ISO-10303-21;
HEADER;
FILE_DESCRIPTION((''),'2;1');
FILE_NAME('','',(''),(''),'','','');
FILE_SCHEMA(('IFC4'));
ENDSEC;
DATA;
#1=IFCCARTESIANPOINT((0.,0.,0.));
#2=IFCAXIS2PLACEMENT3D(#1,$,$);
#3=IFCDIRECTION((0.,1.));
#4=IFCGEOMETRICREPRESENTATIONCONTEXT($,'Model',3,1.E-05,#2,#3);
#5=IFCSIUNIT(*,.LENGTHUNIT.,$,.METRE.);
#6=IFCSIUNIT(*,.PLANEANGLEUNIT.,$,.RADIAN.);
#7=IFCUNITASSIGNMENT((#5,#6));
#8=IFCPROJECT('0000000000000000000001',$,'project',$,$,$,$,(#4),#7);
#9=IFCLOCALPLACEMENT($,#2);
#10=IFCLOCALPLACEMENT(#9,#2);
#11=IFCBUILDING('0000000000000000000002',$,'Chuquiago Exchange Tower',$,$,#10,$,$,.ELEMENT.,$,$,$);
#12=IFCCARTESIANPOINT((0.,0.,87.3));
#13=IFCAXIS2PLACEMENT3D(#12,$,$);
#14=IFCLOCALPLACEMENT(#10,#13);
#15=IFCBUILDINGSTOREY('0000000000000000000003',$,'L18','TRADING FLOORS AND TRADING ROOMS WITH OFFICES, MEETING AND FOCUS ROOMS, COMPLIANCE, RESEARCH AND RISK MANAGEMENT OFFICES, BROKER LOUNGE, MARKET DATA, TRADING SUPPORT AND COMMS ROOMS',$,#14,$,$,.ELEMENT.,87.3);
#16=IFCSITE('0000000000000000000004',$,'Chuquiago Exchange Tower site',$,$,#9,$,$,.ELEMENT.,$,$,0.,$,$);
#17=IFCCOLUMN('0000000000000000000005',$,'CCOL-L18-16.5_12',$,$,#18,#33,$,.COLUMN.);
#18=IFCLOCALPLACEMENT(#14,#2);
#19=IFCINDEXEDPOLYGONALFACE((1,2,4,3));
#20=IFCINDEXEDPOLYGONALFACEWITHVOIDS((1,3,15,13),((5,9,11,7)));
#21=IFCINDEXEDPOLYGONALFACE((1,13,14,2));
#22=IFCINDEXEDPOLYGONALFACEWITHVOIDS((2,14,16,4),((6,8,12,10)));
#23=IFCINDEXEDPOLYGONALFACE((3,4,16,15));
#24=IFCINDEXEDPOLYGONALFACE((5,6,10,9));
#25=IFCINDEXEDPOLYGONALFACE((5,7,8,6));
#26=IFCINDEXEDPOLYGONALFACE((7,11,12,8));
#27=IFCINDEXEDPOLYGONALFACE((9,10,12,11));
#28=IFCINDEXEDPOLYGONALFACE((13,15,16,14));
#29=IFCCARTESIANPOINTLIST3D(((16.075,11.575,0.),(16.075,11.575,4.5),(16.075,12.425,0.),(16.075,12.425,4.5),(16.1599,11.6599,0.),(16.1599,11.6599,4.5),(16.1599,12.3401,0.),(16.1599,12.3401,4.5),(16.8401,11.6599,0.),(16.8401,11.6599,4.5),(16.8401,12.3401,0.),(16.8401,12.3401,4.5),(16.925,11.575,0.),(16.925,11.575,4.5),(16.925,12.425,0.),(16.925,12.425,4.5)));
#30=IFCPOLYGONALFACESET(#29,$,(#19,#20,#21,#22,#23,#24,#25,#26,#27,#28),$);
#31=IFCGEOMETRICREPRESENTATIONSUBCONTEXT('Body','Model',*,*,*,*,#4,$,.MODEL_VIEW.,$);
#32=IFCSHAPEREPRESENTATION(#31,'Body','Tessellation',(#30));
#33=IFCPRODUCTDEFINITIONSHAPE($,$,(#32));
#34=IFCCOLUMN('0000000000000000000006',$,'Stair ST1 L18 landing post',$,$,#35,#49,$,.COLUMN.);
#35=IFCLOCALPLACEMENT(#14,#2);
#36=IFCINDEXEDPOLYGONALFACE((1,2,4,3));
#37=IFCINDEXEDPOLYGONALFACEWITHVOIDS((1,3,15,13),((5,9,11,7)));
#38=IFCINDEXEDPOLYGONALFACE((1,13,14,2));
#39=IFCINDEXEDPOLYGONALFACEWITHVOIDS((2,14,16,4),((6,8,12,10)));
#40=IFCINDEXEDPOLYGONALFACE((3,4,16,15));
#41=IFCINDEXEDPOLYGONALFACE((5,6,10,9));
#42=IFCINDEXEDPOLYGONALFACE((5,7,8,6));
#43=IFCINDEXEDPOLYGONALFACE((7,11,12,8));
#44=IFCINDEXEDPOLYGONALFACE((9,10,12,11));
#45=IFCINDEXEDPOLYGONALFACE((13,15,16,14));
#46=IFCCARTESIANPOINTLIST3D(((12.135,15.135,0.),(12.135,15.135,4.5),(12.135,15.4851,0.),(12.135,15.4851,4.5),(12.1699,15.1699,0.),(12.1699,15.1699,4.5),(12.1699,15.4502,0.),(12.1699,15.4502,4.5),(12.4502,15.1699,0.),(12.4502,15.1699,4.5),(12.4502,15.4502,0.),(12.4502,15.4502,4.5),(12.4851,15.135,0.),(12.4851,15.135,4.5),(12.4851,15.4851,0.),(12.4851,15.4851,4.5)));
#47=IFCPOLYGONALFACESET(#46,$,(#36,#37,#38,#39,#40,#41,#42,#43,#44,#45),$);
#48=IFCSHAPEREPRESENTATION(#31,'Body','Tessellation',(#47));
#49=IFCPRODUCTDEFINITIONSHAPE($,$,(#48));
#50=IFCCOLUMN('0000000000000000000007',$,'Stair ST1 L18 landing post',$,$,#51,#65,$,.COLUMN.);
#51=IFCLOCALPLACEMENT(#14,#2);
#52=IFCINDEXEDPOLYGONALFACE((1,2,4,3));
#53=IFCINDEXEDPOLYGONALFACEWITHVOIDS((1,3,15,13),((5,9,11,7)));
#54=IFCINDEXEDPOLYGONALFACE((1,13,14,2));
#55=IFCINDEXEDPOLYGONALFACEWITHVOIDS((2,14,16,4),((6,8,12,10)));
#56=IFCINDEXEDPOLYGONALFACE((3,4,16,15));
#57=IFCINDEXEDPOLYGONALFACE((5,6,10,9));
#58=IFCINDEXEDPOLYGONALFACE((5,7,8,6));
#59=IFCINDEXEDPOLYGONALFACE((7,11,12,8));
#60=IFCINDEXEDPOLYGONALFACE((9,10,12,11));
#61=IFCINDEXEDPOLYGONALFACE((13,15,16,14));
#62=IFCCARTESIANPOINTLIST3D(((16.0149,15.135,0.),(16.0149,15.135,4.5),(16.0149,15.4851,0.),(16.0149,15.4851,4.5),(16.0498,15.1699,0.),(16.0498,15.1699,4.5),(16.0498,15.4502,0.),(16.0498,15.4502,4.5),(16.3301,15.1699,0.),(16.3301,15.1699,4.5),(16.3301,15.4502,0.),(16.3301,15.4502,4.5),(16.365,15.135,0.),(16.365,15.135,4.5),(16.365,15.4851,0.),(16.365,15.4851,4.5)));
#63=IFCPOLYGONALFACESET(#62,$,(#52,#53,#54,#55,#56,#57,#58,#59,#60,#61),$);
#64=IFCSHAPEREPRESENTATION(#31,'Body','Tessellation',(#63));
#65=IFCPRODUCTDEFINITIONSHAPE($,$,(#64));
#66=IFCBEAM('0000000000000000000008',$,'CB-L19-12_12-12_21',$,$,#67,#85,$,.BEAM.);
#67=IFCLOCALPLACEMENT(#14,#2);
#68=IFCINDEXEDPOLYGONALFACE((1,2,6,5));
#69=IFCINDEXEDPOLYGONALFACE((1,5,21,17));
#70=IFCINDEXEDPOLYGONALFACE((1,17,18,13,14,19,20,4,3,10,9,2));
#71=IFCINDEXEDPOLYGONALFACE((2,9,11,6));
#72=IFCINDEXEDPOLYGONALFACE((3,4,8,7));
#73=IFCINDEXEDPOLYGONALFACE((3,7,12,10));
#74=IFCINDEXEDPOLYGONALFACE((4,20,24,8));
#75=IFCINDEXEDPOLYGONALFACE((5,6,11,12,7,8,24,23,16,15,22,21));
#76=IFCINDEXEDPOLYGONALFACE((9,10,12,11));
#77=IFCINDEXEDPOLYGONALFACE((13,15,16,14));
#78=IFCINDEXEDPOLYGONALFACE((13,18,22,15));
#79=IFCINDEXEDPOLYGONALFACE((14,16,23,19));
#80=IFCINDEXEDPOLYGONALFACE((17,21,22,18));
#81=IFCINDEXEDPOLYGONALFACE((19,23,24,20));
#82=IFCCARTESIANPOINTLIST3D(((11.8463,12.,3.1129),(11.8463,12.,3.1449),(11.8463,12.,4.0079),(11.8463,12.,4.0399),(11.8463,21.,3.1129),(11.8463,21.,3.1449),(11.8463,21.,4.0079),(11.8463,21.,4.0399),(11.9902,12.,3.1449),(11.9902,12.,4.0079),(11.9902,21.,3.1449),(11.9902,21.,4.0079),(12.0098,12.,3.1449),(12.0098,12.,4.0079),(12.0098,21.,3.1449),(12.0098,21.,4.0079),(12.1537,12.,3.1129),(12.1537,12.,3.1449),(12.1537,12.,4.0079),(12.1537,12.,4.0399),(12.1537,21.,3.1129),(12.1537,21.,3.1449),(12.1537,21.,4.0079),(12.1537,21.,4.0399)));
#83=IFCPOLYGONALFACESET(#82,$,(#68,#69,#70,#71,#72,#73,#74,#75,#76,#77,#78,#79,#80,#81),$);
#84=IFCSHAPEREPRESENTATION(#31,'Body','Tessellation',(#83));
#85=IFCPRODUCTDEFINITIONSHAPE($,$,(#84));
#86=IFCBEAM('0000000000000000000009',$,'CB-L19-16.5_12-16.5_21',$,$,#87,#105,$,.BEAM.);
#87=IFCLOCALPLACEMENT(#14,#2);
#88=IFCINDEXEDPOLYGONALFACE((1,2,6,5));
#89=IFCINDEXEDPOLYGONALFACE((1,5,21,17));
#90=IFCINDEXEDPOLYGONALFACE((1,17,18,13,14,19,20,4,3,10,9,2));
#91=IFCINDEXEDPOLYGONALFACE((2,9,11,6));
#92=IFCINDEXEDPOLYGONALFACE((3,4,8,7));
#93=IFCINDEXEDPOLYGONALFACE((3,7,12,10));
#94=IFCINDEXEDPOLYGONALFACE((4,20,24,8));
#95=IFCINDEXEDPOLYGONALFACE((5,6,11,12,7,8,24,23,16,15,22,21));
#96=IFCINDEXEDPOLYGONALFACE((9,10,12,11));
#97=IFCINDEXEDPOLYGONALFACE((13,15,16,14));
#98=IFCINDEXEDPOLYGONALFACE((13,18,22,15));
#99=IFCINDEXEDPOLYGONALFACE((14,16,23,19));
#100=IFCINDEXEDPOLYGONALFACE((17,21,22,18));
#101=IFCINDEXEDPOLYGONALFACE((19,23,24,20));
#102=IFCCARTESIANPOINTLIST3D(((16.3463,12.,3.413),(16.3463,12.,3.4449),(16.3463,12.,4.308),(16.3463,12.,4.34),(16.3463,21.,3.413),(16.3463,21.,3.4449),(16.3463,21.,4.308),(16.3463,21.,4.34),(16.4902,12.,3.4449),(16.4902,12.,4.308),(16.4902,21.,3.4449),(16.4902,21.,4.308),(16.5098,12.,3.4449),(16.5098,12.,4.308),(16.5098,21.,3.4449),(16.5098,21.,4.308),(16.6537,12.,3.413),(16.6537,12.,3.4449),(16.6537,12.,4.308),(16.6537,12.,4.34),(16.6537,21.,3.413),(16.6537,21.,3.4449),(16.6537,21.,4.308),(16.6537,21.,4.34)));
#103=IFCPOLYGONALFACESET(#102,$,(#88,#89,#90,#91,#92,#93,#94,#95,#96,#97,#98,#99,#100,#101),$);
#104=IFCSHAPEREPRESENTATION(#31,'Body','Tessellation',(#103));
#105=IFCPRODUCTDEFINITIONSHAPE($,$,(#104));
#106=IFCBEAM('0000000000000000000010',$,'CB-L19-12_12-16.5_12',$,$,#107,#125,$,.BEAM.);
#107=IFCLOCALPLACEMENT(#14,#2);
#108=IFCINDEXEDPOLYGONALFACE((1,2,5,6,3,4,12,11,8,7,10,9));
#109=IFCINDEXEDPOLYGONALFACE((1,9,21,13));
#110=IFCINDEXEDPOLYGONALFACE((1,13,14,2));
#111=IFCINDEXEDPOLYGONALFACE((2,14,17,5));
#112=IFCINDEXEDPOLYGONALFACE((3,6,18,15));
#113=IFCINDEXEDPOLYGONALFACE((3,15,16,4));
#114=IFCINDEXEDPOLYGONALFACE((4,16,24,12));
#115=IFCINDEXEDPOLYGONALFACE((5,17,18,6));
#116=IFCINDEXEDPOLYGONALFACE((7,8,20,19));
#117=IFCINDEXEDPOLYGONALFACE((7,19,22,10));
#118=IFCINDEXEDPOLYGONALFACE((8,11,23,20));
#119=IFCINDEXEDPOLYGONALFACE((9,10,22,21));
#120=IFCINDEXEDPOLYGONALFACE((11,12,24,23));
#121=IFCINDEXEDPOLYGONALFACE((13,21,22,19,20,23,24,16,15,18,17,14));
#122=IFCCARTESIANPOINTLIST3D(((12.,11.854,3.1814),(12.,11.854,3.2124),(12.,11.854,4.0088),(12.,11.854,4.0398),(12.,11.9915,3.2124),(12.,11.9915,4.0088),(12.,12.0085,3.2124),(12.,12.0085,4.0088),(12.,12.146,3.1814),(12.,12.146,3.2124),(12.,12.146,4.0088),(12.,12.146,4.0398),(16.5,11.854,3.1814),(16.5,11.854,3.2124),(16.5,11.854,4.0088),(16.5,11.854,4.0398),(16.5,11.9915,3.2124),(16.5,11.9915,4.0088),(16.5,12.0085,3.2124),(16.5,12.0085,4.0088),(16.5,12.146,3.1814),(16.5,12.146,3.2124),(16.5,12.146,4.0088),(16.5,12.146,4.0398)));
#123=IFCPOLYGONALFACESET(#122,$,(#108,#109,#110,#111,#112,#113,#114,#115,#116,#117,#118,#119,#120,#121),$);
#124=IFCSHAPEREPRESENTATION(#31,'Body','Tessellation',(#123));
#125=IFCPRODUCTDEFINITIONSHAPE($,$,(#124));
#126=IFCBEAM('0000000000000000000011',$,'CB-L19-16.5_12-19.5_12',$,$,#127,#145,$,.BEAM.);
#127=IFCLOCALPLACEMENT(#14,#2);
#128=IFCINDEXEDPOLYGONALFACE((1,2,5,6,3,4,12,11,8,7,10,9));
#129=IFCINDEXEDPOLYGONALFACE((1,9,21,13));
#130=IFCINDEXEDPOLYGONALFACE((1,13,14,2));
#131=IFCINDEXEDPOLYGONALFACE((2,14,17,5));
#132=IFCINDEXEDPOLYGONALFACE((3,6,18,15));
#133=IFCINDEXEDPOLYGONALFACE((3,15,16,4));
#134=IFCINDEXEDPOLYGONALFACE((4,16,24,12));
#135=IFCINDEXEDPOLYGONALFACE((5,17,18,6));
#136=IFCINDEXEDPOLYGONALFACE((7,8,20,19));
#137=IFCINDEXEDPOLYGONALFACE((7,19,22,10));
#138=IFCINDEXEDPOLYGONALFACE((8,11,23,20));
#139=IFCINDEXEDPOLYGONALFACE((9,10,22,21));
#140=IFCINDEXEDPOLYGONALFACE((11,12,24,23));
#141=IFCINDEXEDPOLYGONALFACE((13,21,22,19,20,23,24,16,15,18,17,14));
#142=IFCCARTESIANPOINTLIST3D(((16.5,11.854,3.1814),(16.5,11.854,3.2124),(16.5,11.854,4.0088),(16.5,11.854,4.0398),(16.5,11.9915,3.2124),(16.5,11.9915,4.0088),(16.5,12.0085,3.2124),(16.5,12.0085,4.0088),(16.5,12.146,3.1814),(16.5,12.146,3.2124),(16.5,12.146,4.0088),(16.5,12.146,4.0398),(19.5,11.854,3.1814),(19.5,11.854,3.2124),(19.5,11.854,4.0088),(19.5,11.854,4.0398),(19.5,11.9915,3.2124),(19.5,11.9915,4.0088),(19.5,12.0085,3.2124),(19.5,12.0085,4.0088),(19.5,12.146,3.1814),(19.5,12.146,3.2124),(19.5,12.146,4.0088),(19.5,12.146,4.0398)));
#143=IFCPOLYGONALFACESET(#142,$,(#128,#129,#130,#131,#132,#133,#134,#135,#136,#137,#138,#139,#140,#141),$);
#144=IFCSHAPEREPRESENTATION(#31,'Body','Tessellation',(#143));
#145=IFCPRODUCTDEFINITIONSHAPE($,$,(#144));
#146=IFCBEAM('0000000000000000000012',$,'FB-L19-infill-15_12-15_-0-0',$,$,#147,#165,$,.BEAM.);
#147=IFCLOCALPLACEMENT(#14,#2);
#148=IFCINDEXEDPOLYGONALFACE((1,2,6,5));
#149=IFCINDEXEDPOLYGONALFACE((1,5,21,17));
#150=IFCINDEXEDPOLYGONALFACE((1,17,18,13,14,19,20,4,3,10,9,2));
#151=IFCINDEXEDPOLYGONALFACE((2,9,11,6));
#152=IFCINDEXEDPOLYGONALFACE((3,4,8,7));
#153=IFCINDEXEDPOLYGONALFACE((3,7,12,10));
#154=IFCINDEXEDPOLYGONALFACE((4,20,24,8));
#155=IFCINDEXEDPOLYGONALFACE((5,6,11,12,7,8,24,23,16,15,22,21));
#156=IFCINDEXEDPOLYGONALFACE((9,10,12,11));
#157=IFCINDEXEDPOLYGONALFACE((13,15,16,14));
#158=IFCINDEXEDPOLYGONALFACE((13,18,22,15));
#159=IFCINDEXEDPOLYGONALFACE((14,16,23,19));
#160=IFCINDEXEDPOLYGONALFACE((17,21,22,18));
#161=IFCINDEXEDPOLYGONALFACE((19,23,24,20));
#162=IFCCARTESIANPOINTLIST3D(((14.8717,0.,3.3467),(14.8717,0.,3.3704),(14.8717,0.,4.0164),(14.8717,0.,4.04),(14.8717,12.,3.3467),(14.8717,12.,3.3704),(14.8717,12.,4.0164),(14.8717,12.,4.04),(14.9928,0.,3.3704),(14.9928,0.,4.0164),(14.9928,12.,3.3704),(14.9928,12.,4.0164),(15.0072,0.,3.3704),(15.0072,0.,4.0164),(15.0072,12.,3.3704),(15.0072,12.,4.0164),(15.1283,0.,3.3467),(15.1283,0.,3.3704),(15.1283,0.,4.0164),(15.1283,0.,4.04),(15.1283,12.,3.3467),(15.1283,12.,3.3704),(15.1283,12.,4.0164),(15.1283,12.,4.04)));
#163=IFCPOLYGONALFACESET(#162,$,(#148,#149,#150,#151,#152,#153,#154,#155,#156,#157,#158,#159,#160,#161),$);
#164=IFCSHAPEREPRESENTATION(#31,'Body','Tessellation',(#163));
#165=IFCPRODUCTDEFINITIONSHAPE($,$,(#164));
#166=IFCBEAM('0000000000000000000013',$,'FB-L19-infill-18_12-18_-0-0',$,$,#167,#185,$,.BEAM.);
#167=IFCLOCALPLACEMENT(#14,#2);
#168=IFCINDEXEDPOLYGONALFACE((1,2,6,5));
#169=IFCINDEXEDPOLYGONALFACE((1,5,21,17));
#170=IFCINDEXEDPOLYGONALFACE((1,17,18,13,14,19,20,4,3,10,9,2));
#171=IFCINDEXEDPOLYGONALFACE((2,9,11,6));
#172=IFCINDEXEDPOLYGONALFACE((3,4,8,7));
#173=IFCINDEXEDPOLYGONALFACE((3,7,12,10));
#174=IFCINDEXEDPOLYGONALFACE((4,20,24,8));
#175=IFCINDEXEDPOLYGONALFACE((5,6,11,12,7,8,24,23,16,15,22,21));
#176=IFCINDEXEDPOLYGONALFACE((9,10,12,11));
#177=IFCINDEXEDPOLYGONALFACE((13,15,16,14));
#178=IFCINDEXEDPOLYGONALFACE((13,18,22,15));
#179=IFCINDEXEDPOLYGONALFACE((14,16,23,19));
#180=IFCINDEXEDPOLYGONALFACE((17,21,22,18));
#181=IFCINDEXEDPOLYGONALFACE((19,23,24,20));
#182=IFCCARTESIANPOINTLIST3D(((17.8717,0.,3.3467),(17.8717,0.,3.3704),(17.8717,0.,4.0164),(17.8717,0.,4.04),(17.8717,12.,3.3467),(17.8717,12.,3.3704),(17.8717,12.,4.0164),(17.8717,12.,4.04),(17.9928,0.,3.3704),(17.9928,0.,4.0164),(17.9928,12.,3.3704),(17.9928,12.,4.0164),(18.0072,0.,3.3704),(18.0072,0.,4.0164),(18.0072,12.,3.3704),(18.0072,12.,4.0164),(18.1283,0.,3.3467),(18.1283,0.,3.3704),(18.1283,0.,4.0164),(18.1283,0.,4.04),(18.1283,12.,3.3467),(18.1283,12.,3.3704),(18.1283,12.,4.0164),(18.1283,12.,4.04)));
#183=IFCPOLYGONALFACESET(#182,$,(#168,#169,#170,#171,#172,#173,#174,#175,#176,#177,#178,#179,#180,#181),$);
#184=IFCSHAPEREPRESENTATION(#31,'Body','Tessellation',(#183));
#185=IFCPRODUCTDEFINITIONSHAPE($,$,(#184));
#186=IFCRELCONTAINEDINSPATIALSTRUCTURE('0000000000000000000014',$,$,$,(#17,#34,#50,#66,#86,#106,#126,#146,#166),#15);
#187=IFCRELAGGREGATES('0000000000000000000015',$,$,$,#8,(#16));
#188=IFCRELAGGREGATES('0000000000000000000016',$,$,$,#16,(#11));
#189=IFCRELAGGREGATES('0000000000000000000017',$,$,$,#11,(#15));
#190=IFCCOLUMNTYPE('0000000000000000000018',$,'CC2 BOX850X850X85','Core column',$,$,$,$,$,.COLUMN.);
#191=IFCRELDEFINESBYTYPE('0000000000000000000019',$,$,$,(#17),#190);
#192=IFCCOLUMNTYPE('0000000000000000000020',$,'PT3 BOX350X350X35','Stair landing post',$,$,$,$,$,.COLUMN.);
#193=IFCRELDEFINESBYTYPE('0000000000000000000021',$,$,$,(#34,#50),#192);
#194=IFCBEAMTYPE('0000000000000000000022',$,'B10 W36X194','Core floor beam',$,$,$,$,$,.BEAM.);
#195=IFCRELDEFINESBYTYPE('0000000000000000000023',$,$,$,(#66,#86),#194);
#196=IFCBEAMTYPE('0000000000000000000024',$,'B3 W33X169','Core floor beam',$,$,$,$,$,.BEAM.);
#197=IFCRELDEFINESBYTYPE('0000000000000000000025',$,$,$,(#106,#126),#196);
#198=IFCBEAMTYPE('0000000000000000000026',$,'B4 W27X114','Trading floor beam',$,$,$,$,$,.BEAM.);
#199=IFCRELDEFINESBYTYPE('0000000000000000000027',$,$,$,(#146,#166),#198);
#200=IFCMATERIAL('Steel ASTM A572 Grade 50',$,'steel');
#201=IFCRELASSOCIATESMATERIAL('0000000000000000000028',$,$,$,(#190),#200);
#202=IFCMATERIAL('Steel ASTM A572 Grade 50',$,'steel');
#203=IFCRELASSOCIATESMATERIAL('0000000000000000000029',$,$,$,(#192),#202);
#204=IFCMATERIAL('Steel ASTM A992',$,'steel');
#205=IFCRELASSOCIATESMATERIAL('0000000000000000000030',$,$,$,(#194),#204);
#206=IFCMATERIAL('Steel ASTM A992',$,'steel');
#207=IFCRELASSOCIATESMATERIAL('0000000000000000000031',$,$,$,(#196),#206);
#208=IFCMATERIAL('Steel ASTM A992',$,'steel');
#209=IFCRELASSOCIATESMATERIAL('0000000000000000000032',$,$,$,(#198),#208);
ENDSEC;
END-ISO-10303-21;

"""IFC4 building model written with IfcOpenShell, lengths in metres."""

from ifc_helpers import new_model, si_unit, direction, frame, origin, origin_2d, place, context, subcontext, project, spatial, hollow_rectangle, i_section, extrude, material, material_profile, profile_set, type_object, element, save


model = new_model("IFC4")

# Units and contexts
model_context = context("Model", 3, precision=1e-05, world=origin(), true_north=direction((0.0, 1.0)))
body_context = subcontext(model_context, "Body", "Model", "MODEL_VIEW")
ifc_project = project(units=[si_unit("LENGTHUNIT", "METRE"), si_unit("PLANEANGLEUNIT", "RADIAN")], contexts=[model_context])

# Site, building, storey
site_placement = place(None, origin())
site = spatial("IfcSite", under=ifc_project, at=site_placement, Name="Chuquiago Exchange Tower site", CompositionType="ELEMENT", RefElevation=0.0)
building_placement = place(site_placement, origin())
building = spatial("IfcBuilding", under=site, at=building_placement, Name="Chuquiago Exchange Tower", CompositionType="ELEMENT")
storey_placement = place(building_placement, frame((0.0, 0.0, 87.3)))
storey = spatial("IfcBuildingStorey", under=building, at=storey_placement, Name="L18", Description="TRADING FLOORS AND TRADING ROOMS WITH OFFICES, MEETING AND FOCUS ROOMS, COMPLIANCE, RESEARCH AND RISK MANAGEMENT OFFICES, BROKER LOUNGE, MARKET DATA, TRADING SUPPORT AND COMMS ROOMS", CompositionType="ELEMENT", Elevation=87.3)

# Columns
ifc_material_1 = material(Name="Steel ASTM A572 Grade 50", Category="steel")
ifc_material_profile_1 = material_profile(ifc_material_1, hollow_rectangle(XDim=0.8501, YDim=0.8501, WallThickness=0.085, at=origin_2d()), Name="BOX850X850X85")
ifc_profile_set_1 = profile_set([ifc_material_profile_1], Name="Steel ASTM A572 Grade 50")
column_type_1 = type_object("IfcColumnType", Name="CC2 BOX850X850X85", Description="Core column", PredefinedType="COLUMN", material=ifc_profile_set_1)
column_placement = place(storey_placement, frame((16.5, 12.0, 0.0), z_axis=(0.0, 0.0, 1.0), x_axis=(1.0, 0.0, 0.0)))
element("IfcColumn", 1, at=column_placement, inside=storey, type_object=column_type_1, Name="CCOL-L18-16.5_12", PredefinedType="COLUMN", context=body_context, shape_type="SweptSolid", body=[
    extrude(hollow_rectangle(XDim=0.8501, YDim=0.8501, WallThickness=0.085, at=origin_2d()), origin(), (0.0, 0.0, 1.0), 4.5),
])
ifc_material_2 = material(Name="Steel ASTM A572 Grade 50", Category="steel")
ifc_material_profile_2 = material_profile(ifc_material_2, hollow_rectangle(XDim=0.3501, YDim=0.3501, WallThickness=0.0349, at=origin_2d()), Name="BOX350X350X35")
ifc_profile_set_2 = profile_set([ifc_material_profile_2], Name="Steel ASTM A572 Grade 50")
column_type_2 = type_object("IfcColumnType", Name="PT3 BOX350X350X35", Description="Stair landing post", PredefinedType="COLUMN", material=ifc_profile_set_2)
for number, where, z_axis, x_axis, name in (
    (2, (12.3101, 15.3101, 0.0), (0.0, 0.0, 1.0), (1.0, 0.0, 0.0), "Stair ST1 L18 landing post"),
    (3, (16.1899, 15.3101, 0.0), (0.0, 0.0, 1.0), (1.0, 0.0, 0.0), "Stair ST1 L18 landing post"),
):
    element("IfcColumn", number, at=place(storey_placement, frame(where, z_axis=z_axis, x_axis=x_axis)), inside=storey, type_object=column_type_2, Name=name, PredefinedType="COLUMN", context=body_context, shape_type="SweptSolid", body=[
        extrude(hollow_rectangle(XDim=0.3501, YDim=0.3501, WallThickness=0.0349, at=origin_2d()), origin(), (0.0, 0.0, 1.0), 4.5),
    ])

# Beams
ifc_material_3 = material(Name="Steel ASTM A992", Category="steel")
ifc_material_profile_3 = material_profile(ifc_material_3, i_section(OverallWidth=0.3074, OverallDepth=0.927, WebThickness=0.0195, FlangeThickness=0.032, at=origin_2d()), Name="W36X194")
ifc_profile_set_3 = profile_set([ifc_material_profile_3], Name="Steel ASTM A992")
beam_type_1 = type_object("IfcBeamType", Name="B10 W36X194", Description="Core floor beam", PredefinedType="BEAM", material=ifc_profile_set_3)
for number, where, z_axis, x_axis, name in (
    (4, (12.0, 12.0, 3.5764), (0.0, 1.0, 0.0), (-1.0, 0.0, 0.0), "CB-L19-12_12-12_21"),
    (5, (16.5, 12.0, 3.8765), (0.0, 1.0, 0.0), (-1.0, 0.0, 0.0), "CB-L19-16.5_12-16.5_21"),
):
    element("IfcBeam", number, at=place(storey_placement, frame(where, z_axis=z_axis, x_axis=x_axis)), inside=storey, type_object=beam_type_1, Name=name, PredefinedType="BEAM", context=body_context, shape_type="SweptSolid", body=[
        extrude(i_section(OverallWidth=0.3074, OverallDepth=0.927, WebThickness=0.0195, FlangeThickness=0.032, at=origin_2d()), origin(), (0.0, 0.0, 1.0), 9.0),
    ])
ifc_material_4 = material(Name="Steel ASTM A992", Category="steel")
ifc_material_profile_4 = material_profile(ifc_material_4, i_section(OverallWidth=0.292, OverallDepth=0.8584, WebThickness=0.0171, FlangeThickness=0.031, at=origin_2d()), Name="W33X169")
ifc_profile_set_4 = profile_set([ifc_material_profile_4], Name="Steel ASTM A992")
beam_type_2 = type_object("IfcBeamType", Name="B3 W33X169", Description="Core floor beam", PredefinedType="BEAM", material=ifc_profile_set_4)
beam_1_placement = place(storey_placement, frame((12.0, 12.0, 3.6106), z_axis=(1.0, 0.0, 0.0), x_axis=(0.0, 1.0, 0.0)))
element("IfcBeam", 6, at=beam_1_placement, inside=storey, type_object=beam_type_2, Name="CB-L19-12_12-16.5_12", PredefinedType="BEAM", context=body_context, shape_type="SweptSolid", body=[
    extrude(i_section(OverallWidth=0.292, OverallDepth=0.8584, WebThickness=0.0171, FlangeThickness=0.031, at=origin_2d()), origin(), (0.0, 0.0, 1.0), 4.5),
])
beam_2_placement = place(storey_placement, frame((16.5, 12.0, 3.6106), z_axis=(1.0, 0.0, 0.0), x_axis=(0.0, 1.0, 0.0)))
element("IfcBeam", 7, at=beam_2_placement, inside=storey, type_object=beam_type_2, Name="CB-L19-16.5_12-19.5_12", PredefinedType="BEAM", context=body_context, shape_type="SweptSolid", body=[
    extrude(i_section(OverallWidth=0.292, OverallDepth=0.8584, WebThickness=0.0171, FlangeThickness=0.031, at=origin_2d()), origin(), (0.0, 0.0, 1.0), 3.0),
])
ifc_material_5 = material(Name="Steel ASTM A992", Category="steel")
ifc_material_profile_5 = material_profile(ifc_material_5, i_section(OverallWidth=0.2566, OverallDepth=0.6934, WebThickness=0.0144, FlangeThickness=0.0237, at=origin_2d()), Name="W27X114")
ifc_profile_set_5 = profile_set([ifc_material_profile_5], Name="Steel ASTM A992")
beam_type_3 = type_object("IfcBeamType", Name="B4 W27X114", Description="Trading floor beam", PredefinedType="BEAM", material=ifc_profile_set_5)
for number, where, z_axis, x_axis, name in (
    (8, (15.0, 12.0, 3.6934), (0.0, -1.0, 0.0), (1.0, 0.0, 0.0), "FB-L19-infill-15_12-15_-0-0"),
    (9, (18.0, 12.0, 3.6934), (0.0, -1.0, 0.0), (1.0, 0.0, 0.0), "FB-L19-infill-18_12-18_-0-0"),
):
    element("IfcBeam", number, at=place(storey_placement, frame(where, z_axis=z_axis, x_axis=x_axis)), inside=storey, type_object=beam_type_3, Name=name, PredefinedType="BEAM", context=body_context, shape_type="SweptSolid", body=[
        extrude(i_section(OverallWidth=0.2566, OverallDepth=0.6934, WebThickness=0.0144, FlangeThickness=0.0237, at=origin_2d()), origin(), (0.0, 0.0, 1.0), 12.0),
    ])

save(model, "model.ifc")
